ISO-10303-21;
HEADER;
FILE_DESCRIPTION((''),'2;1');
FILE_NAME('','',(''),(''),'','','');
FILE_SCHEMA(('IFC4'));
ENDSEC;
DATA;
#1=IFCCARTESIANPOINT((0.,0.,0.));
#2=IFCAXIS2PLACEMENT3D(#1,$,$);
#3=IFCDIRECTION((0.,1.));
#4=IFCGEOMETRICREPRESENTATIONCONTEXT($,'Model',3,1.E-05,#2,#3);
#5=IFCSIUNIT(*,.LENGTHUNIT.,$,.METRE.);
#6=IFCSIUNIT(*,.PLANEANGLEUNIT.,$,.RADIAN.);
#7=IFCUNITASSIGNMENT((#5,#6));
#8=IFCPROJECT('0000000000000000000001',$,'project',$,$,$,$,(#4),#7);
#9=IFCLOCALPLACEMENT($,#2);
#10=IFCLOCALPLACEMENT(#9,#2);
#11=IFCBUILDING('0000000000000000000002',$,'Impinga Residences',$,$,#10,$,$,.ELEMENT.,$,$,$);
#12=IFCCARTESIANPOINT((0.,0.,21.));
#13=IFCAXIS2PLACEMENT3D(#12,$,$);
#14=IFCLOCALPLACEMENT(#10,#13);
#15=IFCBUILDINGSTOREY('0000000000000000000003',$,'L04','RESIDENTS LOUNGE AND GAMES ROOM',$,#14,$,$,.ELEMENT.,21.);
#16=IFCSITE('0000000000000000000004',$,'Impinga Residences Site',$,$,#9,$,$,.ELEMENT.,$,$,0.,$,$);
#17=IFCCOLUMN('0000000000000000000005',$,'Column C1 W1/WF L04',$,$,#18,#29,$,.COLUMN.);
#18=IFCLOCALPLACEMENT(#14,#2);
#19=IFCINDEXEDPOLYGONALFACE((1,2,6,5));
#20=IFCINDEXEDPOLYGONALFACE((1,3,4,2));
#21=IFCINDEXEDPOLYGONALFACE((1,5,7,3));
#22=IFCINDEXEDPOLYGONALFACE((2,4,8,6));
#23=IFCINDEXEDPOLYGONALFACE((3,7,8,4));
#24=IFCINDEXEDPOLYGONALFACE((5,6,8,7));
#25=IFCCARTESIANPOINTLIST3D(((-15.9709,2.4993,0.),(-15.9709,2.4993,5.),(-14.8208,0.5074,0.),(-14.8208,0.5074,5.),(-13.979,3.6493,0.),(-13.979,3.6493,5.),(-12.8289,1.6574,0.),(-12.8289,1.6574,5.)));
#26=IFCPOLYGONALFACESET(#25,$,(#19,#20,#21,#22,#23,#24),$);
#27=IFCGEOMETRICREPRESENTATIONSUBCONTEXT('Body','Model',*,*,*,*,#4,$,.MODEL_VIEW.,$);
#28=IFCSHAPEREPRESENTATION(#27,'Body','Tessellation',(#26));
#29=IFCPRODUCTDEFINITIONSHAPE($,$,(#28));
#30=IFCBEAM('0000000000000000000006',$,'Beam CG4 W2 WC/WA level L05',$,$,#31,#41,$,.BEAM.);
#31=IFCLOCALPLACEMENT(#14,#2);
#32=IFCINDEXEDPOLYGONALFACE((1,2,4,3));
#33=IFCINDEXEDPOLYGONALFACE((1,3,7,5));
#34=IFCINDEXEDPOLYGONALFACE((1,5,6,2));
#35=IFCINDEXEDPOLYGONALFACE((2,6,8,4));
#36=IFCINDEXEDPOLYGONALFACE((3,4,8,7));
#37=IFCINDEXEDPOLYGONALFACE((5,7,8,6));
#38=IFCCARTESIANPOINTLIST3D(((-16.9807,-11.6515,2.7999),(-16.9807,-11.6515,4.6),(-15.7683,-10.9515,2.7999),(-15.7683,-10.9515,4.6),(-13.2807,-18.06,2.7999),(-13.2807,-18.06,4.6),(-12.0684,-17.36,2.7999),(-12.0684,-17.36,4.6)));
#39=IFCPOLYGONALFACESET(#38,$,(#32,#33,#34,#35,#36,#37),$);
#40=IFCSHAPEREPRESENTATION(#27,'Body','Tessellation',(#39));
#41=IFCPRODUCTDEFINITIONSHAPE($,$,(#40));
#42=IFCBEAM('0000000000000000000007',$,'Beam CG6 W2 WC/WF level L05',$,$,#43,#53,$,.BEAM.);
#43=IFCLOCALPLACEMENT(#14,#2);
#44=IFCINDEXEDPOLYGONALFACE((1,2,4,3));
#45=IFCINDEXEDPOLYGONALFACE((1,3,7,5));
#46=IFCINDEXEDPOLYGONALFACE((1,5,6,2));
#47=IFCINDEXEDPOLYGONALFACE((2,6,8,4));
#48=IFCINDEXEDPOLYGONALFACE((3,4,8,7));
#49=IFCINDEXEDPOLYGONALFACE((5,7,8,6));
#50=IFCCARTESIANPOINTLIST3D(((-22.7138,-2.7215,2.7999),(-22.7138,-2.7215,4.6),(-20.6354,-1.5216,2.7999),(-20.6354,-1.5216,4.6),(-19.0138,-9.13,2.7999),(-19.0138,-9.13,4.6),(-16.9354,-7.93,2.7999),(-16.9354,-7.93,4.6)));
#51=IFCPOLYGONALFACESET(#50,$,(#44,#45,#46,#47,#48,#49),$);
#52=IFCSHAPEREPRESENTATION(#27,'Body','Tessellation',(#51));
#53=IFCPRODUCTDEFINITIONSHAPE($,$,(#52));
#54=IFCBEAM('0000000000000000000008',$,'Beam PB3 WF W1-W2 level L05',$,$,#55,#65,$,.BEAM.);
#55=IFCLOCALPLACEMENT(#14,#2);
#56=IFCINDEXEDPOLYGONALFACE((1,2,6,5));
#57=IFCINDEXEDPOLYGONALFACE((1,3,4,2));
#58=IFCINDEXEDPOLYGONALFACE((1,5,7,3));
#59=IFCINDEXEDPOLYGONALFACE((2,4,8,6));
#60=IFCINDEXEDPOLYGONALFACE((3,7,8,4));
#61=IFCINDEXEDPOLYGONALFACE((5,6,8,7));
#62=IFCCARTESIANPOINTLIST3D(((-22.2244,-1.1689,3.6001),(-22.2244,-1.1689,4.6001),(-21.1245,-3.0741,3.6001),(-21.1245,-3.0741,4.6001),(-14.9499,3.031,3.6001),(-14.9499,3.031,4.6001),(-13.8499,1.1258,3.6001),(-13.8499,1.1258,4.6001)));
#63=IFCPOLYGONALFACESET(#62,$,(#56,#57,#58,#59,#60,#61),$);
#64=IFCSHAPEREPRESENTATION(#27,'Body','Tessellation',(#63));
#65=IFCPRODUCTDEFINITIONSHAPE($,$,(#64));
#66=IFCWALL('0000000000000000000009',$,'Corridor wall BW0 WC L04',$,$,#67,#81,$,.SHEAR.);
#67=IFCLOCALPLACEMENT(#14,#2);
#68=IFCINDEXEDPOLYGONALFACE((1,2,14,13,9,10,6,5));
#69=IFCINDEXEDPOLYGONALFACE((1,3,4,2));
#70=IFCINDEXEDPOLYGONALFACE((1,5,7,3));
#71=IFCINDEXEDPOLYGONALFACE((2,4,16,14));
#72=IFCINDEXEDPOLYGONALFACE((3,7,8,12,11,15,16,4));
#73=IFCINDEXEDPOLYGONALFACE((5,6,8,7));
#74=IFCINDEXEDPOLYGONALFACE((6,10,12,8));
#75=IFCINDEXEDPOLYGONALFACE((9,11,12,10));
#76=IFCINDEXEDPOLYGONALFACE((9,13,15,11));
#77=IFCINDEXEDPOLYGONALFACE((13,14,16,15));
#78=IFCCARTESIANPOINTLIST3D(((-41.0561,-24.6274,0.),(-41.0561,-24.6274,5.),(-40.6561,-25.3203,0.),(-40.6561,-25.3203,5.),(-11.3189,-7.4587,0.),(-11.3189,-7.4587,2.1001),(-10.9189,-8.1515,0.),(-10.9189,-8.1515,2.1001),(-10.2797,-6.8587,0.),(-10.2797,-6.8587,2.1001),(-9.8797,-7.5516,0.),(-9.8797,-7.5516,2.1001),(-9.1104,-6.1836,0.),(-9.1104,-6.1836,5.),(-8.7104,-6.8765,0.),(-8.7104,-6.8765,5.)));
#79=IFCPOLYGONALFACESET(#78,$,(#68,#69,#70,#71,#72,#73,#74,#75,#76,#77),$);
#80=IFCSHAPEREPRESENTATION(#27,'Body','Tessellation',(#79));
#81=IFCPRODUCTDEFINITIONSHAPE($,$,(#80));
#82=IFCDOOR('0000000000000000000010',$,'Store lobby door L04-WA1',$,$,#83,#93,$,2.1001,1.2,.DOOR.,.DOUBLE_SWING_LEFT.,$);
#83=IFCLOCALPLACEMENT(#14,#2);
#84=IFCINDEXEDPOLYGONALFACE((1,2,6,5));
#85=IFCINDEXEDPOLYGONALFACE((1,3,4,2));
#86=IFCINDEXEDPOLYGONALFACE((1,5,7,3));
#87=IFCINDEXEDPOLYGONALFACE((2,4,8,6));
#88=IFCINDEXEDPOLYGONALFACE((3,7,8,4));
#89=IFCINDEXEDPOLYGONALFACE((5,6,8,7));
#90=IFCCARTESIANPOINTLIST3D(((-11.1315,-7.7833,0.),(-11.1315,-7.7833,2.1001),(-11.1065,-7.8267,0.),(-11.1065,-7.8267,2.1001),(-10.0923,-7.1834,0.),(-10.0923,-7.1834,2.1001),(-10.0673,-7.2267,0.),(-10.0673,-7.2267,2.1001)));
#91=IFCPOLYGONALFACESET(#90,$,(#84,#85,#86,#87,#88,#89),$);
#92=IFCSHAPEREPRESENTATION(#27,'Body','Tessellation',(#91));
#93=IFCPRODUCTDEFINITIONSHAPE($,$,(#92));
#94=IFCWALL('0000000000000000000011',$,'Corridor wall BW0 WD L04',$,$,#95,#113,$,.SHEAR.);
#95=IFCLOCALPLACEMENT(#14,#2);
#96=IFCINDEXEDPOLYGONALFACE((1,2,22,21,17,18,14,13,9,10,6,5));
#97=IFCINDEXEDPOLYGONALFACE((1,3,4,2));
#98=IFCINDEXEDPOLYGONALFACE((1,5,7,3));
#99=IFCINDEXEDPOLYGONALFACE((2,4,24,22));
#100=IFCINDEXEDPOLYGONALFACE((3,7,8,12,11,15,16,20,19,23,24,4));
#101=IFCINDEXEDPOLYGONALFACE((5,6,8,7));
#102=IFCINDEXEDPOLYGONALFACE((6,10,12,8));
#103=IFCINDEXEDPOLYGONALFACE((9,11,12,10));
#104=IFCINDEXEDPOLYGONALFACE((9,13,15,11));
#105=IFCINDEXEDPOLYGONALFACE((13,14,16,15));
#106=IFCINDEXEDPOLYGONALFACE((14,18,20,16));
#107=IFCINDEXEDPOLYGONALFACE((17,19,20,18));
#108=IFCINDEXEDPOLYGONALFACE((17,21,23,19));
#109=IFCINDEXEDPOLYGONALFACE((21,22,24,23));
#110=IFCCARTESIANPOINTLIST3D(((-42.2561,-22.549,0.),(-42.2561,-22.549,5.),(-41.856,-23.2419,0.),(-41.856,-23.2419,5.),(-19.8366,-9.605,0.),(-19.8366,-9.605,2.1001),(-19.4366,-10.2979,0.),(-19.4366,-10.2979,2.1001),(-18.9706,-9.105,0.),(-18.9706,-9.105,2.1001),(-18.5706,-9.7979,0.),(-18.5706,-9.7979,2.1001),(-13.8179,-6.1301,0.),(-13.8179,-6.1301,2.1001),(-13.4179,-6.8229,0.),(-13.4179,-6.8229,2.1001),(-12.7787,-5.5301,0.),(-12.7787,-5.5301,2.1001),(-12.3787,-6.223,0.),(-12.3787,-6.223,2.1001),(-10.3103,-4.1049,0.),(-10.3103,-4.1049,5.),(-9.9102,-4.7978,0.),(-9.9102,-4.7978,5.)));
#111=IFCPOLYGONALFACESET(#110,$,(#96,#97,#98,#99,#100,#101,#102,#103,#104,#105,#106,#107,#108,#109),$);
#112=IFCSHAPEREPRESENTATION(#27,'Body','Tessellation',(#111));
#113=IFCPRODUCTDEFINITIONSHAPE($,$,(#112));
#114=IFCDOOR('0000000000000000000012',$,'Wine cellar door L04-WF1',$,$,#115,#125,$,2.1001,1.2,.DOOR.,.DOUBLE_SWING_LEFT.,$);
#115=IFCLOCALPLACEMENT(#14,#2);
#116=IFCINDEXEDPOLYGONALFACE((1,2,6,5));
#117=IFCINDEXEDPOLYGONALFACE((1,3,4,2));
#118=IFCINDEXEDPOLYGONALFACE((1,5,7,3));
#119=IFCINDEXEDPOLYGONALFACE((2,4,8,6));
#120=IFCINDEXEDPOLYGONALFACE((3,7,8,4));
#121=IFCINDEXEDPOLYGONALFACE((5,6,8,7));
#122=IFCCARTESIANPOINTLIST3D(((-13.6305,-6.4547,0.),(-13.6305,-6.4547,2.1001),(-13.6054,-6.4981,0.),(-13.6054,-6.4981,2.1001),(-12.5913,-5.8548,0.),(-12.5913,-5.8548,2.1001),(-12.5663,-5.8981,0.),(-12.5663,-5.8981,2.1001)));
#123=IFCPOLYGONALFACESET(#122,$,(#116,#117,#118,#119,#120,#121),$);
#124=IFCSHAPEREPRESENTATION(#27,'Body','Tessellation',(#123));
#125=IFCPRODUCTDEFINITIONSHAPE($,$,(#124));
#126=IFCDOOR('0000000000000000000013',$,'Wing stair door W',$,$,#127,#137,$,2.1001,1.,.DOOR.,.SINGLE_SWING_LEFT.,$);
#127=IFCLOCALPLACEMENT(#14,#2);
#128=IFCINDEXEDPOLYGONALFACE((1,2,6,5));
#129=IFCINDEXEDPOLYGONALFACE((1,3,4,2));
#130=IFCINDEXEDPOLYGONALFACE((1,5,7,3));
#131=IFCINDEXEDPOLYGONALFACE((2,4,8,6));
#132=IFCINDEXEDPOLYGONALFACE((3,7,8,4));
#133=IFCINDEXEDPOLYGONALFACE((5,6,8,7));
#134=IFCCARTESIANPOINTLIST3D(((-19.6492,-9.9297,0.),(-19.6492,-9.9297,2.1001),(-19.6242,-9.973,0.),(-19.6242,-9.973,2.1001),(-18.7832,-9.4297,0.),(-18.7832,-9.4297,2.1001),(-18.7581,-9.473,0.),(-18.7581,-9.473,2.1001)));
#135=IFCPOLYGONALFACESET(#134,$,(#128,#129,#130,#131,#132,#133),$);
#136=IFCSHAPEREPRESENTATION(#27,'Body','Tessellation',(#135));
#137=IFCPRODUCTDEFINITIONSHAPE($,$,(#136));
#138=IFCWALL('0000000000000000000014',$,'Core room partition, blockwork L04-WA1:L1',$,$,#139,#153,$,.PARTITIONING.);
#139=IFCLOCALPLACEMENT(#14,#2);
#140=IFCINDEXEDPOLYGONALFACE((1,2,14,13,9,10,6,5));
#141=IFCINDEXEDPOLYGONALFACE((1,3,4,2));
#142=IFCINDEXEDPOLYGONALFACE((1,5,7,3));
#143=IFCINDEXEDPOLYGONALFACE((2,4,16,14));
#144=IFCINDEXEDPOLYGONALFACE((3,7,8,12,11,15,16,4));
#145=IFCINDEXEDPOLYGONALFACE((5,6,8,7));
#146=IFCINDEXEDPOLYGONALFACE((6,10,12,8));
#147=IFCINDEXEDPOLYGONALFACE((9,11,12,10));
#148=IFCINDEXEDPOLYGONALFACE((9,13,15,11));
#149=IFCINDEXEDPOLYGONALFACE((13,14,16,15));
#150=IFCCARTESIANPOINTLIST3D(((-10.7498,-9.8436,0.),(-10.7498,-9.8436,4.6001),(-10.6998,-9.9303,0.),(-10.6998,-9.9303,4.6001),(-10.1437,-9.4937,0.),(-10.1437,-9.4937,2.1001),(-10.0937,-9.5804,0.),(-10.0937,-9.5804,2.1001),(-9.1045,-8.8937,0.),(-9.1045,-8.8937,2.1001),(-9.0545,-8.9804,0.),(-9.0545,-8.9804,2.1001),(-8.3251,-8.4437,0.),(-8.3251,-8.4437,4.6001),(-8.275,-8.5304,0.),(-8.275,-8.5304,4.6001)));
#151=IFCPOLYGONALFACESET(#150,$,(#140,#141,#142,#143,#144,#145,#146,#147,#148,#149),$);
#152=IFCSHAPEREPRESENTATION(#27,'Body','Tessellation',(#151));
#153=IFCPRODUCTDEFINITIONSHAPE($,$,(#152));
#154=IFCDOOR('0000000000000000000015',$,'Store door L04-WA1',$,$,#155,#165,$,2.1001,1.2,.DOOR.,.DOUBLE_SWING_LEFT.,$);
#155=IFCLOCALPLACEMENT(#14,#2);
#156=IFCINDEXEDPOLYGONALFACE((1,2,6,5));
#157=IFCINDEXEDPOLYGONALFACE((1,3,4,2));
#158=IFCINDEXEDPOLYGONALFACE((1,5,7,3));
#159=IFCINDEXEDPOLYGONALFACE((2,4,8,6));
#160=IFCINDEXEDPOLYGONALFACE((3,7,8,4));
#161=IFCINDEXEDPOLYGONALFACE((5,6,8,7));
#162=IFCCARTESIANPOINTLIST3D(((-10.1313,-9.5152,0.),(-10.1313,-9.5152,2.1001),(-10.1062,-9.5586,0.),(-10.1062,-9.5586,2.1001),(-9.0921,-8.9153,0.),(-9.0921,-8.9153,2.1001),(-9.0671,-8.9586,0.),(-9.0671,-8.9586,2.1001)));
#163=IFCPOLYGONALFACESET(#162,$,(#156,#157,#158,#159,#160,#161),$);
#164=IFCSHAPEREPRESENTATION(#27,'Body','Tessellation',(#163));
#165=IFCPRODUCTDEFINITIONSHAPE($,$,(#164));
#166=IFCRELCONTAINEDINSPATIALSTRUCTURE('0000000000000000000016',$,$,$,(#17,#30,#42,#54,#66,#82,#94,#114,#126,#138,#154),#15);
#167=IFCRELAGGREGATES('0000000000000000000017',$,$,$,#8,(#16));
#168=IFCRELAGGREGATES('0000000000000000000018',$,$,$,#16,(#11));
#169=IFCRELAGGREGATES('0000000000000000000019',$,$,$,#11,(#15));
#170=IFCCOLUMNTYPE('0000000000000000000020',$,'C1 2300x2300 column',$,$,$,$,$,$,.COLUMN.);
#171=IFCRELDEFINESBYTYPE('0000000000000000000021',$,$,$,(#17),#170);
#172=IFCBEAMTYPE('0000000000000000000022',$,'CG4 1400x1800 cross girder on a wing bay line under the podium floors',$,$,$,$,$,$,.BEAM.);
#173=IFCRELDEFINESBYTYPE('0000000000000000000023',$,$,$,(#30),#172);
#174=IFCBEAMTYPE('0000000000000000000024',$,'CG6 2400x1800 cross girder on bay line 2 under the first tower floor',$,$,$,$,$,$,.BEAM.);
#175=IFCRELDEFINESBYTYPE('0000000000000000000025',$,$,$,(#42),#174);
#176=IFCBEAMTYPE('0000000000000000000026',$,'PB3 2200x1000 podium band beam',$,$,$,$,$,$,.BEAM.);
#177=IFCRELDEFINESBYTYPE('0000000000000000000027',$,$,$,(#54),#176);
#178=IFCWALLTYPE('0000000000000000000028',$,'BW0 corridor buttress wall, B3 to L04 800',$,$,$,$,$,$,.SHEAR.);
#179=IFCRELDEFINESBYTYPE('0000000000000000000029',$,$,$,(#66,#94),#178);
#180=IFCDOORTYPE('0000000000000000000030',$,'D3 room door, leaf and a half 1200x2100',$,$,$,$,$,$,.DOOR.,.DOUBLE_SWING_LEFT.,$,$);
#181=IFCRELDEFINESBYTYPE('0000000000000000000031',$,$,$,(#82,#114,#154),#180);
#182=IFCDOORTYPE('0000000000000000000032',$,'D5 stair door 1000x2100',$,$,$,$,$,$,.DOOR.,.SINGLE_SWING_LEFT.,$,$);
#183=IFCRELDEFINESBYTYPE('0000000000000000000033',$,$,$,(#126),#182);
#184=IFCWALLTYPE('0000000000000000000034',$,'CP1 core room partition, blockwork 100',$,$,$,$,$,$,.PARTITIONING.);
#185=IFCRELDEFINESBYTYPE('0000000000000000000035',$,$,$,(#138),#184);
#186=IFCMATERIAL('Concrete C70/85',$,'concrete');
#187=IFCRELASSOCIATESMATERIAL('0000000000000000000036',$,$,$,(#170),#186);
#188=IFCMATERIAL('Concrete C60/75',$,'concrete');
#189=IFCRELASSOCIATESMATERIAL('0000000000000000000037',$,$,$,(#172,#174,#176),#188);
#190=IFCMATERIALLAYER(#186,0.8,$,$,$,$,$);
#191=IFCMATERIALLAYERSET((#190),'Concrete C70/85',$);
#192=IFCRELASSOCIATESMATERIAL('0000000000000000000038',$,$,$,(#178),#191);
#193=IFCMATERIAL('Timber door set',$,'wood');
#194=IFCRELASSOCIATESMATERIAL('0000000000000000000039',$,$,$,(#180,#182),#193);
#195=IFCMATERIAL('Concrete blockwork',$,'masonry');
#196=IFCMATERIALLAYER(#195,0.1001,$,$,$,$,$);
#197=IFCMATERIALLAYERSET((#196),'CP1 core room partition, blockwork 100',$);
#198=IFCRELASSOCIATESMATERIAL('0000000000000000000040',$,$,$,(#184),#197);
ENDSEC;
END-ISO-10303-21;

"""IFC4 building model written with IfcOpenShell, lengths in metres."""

from ifc_helpers import new_model, si_unit, direction, frame, frame_2d, origin, origin_2d, place, context, subcontext, project, spatial, rectangle, extrude, material, layer, layer_set, material_profile, profile_set, type_object, element, fill, save


model = new_model("IFC4")

# Units and contexts
model_context = context("Model", 3, precision=1e-05, world=origin(), true_north=direction((0.0, 1.0)))
body_context = subcontext(model_context, "Body", "Model", "MODEL_VIEW")
ifc_project = project(units=[si_unit("LENGTHUNIT", "METRE"), si_unit("PLANEANGLEUNIT", "RADIAN")], contexts=[model_context])

# Site, building, storey
site_placement = place(None, origin())
site = spatial("IfcSite", under=ifc_project, at=site_placement, Name="Impinga Residences Site", CompositionType="ELEMENT", RefElevation=0.0)
building_placement = place(site_placement, origin())
building = spatial("IfcBuilding", under=site, at=building_placement, Name="Impinga Residences", CompositionType="ELEMENT")
storey_placement = place(building_placement, frame((0.0, 0.0, 21.0)))
storey = spatial("IfcBuildingStorey", under=building, at=storey_placement, Name="L04", Description="RESIDENTS LOUNGE AND GAMES ROOM", CompositionType="ELEMENT", Elevation=21.0)

# Column
ifc_material_1 = material(Name="Concrete C70/85", Category="concrete")
ifc_material_profile_1 = material_profile(ifc_material_1, rectangle(XDim=2.3, YDim=2.3, at=origin_2d()), Name="RC 2300x2300")
ifc_profile_set_1 = profile_set([ifc_material_profile_1], Name="Concrete C70/85")
column_type = type_object("IfcColumnType", Name="C1 2300x2300 column", PredefinedType="COLUMN", material=ifc_profile_set_1)
column_placement = place(storey_placement, frame((-14.3999, 2.0784, 0.0), z_axis=(0.0, 0.0, 1.0), x_axis=(-0.5, 0.866025, 0.0)))
element("IfcColumn", 1, at=column_placement, inside=storey, type_object=column_type, Name="Column C1 W1/WF L04", PredefinedType="COLUMN", context=body_context, shape_type="SweptSolid", body=[
    extrude(rectangle(XDim=2.3, YDim=2.3, at=origin_2d()), origin(), (0.0, 0.0, 1.0), 5.0),
])

# Beams
ifc_material_2 = material(Name="Concrete C60/75", Category="concrete")
ifc_material_profile_2 = material_profile(ifc_material_2, rectangle(XDim=1.3999, YDim=1.8, at=origin_2d()), Name="RC 1400x1800")
ifc_profile_set_2 = profile_set([ifc_material_profile_2], Name="Concrete C60/75")
beam_type_1 = type_object("IfcBeamType", Name="CG4 1400x1800 cross girder on a wing bay line under the podium floors", PredefinedType="BEAM", material=ifc_profile_set_2)
beam_1_placement = place(storey_placement, frame((-16.3745, -11.3015, 3.7), z_axis=(0.500003, -0.866024, 0.0), x_axis=(0.866024, 0.500003, 0.0)))
element("IfcBeam", 2, at=beam_1_placement, inside=storey, type_object=beam_type_1, Name="Beam CG4 W2 WC/WA level L05", PredefinedType="BEAM", context=body_context, shape_type="SweptSolid", body=[
    extrude(rectangle(XDim=1.3999, YDim=1.8, at=origin_2d()), origin(), (0.0, 0.0, 1.0), 7.3999),
])
ifc_material_profile_3 = material_profile(ifc_material_2, rectangle(XDim=2.3999, YDim=1.8, at=origin_2d()), Name="RC 2400x1800")
ifc_profile_set_3 = profile_set([ifc_material_profile_3], Name="Concrete C60/75")
beam_type_2 = type_object("IfcBeamType", Name="CG6 2400x1800 cross girder on bay line 2 under the first tower floor", PredefinedType="BEAM", material=ifc_profile_set_3)
beam_2_placement = place(storey_placement, frame((-17.9746, -8.53, 3.7), z_axis=(-0.500003, 0.866024, 0.0), x_axis=(-0.866024, -0.500003, 0.0)))
element("IfcBeam", 3, at=beam_2_placement, inside=storey, type_object=beam_type_2, Name="Beam CG6 W2 WC/WF level L05", PredefinedType="BEAM", context=body_context, shape_type="SweptSolid", body=[
    extrude(rectangle(XDim=2.3999, YDim=1.8, at=origin_2d()), origin(), (0.0, 0.0, 1.0), 7.3999),
])
ifc_material_profile_4 = material_profile(ifc_material_2, rectangle(XDim=2.2, YDim=1.0, at=origin_2d()), Name="RC 2200x1000")
ifc_profile_set_4 = profile_set([ifc_material_profile_4], Name="Concrete C60/75")
beam_type_3 = type_object("IfcBeamType", Name="PB3 2200x1000 podium band beam", PredefinedType="BEAM", material=ifc_profile_set_4)
beam_3_placement = place(storey_placement, frame((-14.3999, 2.0784, 4.1001), z_axis=(-0.866029, -0.499993, 0.0), x_axis=(0.499993, -0.866029, 0.0)))
element("IfcBeam", 4, at=beam_3_placement, inside=storey, type_object=beam_type_3, Name="Beam PB3 WF W1-W2 level L05", PredefinedType="BEAM", context=body_context, shape_type="SweptSolid", body=[
    extrude(rectangle(XDim=2.2, YDim=1.0, at=origin_2d()), origin(), (0.0, 0.0, 1.0), 8.3999),
])

# Wall, opening, door
ifc_layer_1 = layer(ifc_material_1, 0.8)
ifc_layer_set_1 = layer_set([ifc_layer_1], Name="Concrete C70/85")
wall_type_1 = type_object("IfcWallType", Name="BW0 corridor buttress wall, B3 to L04 800", PredefinedType="SHEAR", material=ifc_layer_set_1)
wall_1_placement = place(storey_placement, frame((-8.9104, -6.53, 0.0), z_axis=(0.0, 0.0, 1.0), x_axis=(-0.866026, -0.499999, 0.0)))
wall_1 = element("IfcWall", 5, at=wall_1_placement, inside=storey, type_object=wall_type_1, Name="Corridor wall BW0 WC L04", PredefinedType="SHEAR", context=body_context, shape_type="SweptSolid", body=[
    extrude(rectangle(XDim=36.8877, YDim=0.8, at=frame_2d((18.4438, 0.0))), origin(), (0.0, 0.0, 1.0), 5.0),
])
opening_1_placement = place(wall_1_placement, frame((1.3501, 0.0, 0.0)))
opening_1 = element("IfcOpeningElement", 6, at=opening_1_placement, cuts=wall_1, PredefinedType="OPENING", context=body_context, shape_type="SweptSolid", body=[
    extrude(rectangle(XDim=1.2, YDim=2.1001, at=frame_2d((0.6001, 1.05))), frame((0.0, 0.4099, 0.0), z_axis=(0.0, -1.0, 0.0), x_axis=(1.0, 0.0, 0.0)), (0.0, 0.0, 1.0), 0.8201),
])
ifc_material_3 = material(Name="Timber door set", Category="wood")
door_type_1 = type_object("IfcDoorType", Name="D3 room door, leaf and a half 1200x2100", OperationType="DOUBLE_SWING_LEFT", PredefinedType="DOOR", material=ifc_material_3)
door_1_placement = place(opening_1_placement, origin())
door_1 = element("IfcDoor", 7, at=door_1_placement, inside=storey, type_object=door_type_1, Name="Store lobby door L04-WA1", OperationType="DOUBLE_SWING_LEFT", OverallHeight=2.1001, OverallWidth=1.2, PredefinedType="DOOR", context=body_context, shape_type="SweptSolid", body=[
    extrude(rectangle(XDim=1.2, YDim=2.1001, at=frame_2d((0.6001, 1.05))), frame((0.0, 0.0249, 0.0), z_axis=(0.0, -1.0, 0.0), x_axis=(1.0, 0.0, 0.0)), (0.0, 0.0, 1.0), 0.05),
])
fill(opening_1, door_1)

# Wall, openings, doors
wall_2_placement = place(storey_placement, frame((-10.1104, -4.4514, 0.0), z_axis=(0.0, 0.0, 1.0), x_axis=(-0.866023, -0.500004, 0.0)))
wall_2 = element("IfcWall", 8, at=wall_2_placement, inside=storey, type_object=wall_type_1, Name="Corridor wall BW0 WD L04", PredefinedType="SHEAR", context=body_context, shape_type="SweptSolid", body=[
    extrude(rectangle(XDim=36.8879, YDim=0.8, at=frame_2d((18.4438, 0.0))), origin(), (0.0, 0.0, 1.0), 5.0),
])
opening_2_placement = place(wall_2_placement, frame((10.0, 0.0, 0.0)))
opening_2 = element("IfcOpeningElement", 9, at=opening_2_placement, cuts=wall_2, PredefinedType="OPENING", context=body_context, shape_type="SweptSolid", body=[
    extrude(rectangle(XDim=1.0, YDim=2.1001, at=frame_2d((0.5, 1.05))), frame((0.0, 0.4099, 0.0), z_axis=(0.0, -1.0, 0.0), x_axis=(1.0, 0.0, 0.0)), (0.0, 0.0, 1.0), 0.8201),
])
opening_3_placement = place(wall_2_placement, frame((2.8501, 0.0, 0.0)))
opening_3 = element("IfcOpeningElement", 10, at=opening_3_placement, cuts=wall_2, PredefinedType="OPENING", context=body_context, shape_type="SweptSolid", body=[
    extrude(rectangle(XDim=1.2, YDim=2.1001, at=frame_2d((0.6001, 1.05))), frame((0.0, 0.4099, 0.0), z_axis=(0.0, -1.0, 0.0), x_axis=(1.0, 0.0, 0.0)), (0.0, 0.0, 1.0), 0.8201),
])
door_2_placement = place(opening_3_placement, origin())
door_2 = element("IfcDoor", 11, at=door_2_placement, inside=storey, type_object=door_type_1, Name="Wine cellar door L04-WF1", OperationType="DOUBLE_SWING_LEFT", OverallHeight=2.1001, OverallWidth=1.2, PredefinedType="DOOR", context=body_context, shape_type="SweptSolid", body=[
    extrude(rectangle(XDim=1.2, YDim=2.1001, at=frame_2d((0.6001, 1.05))), frame((0.0, 0.0249, 0.0), z_axis=(0.0, -1.0, 0.0), x_axis=(1.0, 0.0, 0.0)), (0.0, 0.0, 1.0), 0.05),
])
fill(opening_3, door_2)
door_type_2 = type_object("IfcDoorType", Name="D5 stair door 1000x2100", OperationType="SINGLE_SWING_LEFT", PredefinedType="DOOR", material=ifc_material_3)
door_3_placement = place(opening_2_placement, origin())
door_3 = element("IfcDoor", 12, at=door_3_placement, inside=storey, type_object=door_type_2, Name="Wing stair door W", OperationType="SINGLE_SWING_LEFT", OverallHeight=2.1001, OverallWidth=1.0, PredefinedType="DOOR", context=body_context, shape_type="SweptSolid", body=[
    extrude(rectangle(XDim=1.0, YDim=2.1001, at=frame_2d((0.5, 1.05))), frame((0.0, 0.0249, 0.0), z_axis=(0.0, -1.0, 0.0), x_axis=(1.0, 0.0, 0.0)), (0.0, 0.0, 1.0), 0.05),
])
fill(opening_2, door_3)

# Wall, opening, door
ifc_material_4 = material(Name="Concrete blockwork", Category="masonry")
ifc_layer_2 = layer(ifc_material_4, 0.1001)
ifc_layer_set_2 = layer_set([ifc_layer_2], Name="CP1 core room partition, blockwork 100")
wall_type_2 = type_object("IfcWallType", Name="CP1 core room partition, blockwork 100", PredefinedType="PARTITIONING", material=ifc_layer_set_2)
wall_3_placement = place(storey_placement, frame((-8.3, -8.4871, 0.0), z_axis=(0.0, 0.0, 1.0), x_axis=(-0.866035, -0.499984, 0.0)))
wall_3 = element("IfcWall", 13, at=wall_3_placement, inside=storey, type_object=wall_type_2, Name="Core room partition, blockwork L04-WA1:L1", PredefinedType="PARTITIONING", context=body_context, shape_type="SweptSolid", body=[
    extrude(rectangle(XDim=2.7998, YDim=0.1001, at=frame_2d((1.3999, 0.0))), origin(), (0.0, 0.0, 1.0), 4.6001),
])
opening_4_placement = place(wall_3_placement, frame((0.8999, 0.0, 0.0)))
opening_4 = element("IfcOpeningElement", 14, at=opening_4_placement, cuts=wall_3, PredefinedType="OPENING", context=body_context, shape_type="SweptSolid", body=[
    extrude(rectangle(XDim=1.2, YDim=2.1001, at=frame_2d((0.6001, 1.05))), frame((0.0, 0.0601, 0.0), z_axis=(0.0, -1.0, 0.0), x_axis=(1.0, 0.0, 0.0)), (0.0, 0.0, 1.0), 0.1201),
])
door_4_placement = place(opening_4_placement, origin())
door_4 = element("IfcDoor", 15, at=door_4_placement, inside=storey, type_object=door_type_1, Name="Store door L04-WA1", OperationType="DOUBLE_SWING_LEFT", OverallHeight=2.1001, OverallWidth=1.2, PredefinedType="DOOR", context=body_context, shape_type="SweptSolid", body=[
    extrude(rectangle(XDim=1.2, YDim=2.1001, at=frame_2d((0.6001, 1.05))), frame((0.0, 0.0249, 0.0), z_axis=(0.0, -1.0, 0.0), x_axis=(1.0, 0.0, 0.0)), (0.0, 0.0, 1.0), 0.05),
])
fill(opening_4, door_4)

save(model, "model.ifc")
